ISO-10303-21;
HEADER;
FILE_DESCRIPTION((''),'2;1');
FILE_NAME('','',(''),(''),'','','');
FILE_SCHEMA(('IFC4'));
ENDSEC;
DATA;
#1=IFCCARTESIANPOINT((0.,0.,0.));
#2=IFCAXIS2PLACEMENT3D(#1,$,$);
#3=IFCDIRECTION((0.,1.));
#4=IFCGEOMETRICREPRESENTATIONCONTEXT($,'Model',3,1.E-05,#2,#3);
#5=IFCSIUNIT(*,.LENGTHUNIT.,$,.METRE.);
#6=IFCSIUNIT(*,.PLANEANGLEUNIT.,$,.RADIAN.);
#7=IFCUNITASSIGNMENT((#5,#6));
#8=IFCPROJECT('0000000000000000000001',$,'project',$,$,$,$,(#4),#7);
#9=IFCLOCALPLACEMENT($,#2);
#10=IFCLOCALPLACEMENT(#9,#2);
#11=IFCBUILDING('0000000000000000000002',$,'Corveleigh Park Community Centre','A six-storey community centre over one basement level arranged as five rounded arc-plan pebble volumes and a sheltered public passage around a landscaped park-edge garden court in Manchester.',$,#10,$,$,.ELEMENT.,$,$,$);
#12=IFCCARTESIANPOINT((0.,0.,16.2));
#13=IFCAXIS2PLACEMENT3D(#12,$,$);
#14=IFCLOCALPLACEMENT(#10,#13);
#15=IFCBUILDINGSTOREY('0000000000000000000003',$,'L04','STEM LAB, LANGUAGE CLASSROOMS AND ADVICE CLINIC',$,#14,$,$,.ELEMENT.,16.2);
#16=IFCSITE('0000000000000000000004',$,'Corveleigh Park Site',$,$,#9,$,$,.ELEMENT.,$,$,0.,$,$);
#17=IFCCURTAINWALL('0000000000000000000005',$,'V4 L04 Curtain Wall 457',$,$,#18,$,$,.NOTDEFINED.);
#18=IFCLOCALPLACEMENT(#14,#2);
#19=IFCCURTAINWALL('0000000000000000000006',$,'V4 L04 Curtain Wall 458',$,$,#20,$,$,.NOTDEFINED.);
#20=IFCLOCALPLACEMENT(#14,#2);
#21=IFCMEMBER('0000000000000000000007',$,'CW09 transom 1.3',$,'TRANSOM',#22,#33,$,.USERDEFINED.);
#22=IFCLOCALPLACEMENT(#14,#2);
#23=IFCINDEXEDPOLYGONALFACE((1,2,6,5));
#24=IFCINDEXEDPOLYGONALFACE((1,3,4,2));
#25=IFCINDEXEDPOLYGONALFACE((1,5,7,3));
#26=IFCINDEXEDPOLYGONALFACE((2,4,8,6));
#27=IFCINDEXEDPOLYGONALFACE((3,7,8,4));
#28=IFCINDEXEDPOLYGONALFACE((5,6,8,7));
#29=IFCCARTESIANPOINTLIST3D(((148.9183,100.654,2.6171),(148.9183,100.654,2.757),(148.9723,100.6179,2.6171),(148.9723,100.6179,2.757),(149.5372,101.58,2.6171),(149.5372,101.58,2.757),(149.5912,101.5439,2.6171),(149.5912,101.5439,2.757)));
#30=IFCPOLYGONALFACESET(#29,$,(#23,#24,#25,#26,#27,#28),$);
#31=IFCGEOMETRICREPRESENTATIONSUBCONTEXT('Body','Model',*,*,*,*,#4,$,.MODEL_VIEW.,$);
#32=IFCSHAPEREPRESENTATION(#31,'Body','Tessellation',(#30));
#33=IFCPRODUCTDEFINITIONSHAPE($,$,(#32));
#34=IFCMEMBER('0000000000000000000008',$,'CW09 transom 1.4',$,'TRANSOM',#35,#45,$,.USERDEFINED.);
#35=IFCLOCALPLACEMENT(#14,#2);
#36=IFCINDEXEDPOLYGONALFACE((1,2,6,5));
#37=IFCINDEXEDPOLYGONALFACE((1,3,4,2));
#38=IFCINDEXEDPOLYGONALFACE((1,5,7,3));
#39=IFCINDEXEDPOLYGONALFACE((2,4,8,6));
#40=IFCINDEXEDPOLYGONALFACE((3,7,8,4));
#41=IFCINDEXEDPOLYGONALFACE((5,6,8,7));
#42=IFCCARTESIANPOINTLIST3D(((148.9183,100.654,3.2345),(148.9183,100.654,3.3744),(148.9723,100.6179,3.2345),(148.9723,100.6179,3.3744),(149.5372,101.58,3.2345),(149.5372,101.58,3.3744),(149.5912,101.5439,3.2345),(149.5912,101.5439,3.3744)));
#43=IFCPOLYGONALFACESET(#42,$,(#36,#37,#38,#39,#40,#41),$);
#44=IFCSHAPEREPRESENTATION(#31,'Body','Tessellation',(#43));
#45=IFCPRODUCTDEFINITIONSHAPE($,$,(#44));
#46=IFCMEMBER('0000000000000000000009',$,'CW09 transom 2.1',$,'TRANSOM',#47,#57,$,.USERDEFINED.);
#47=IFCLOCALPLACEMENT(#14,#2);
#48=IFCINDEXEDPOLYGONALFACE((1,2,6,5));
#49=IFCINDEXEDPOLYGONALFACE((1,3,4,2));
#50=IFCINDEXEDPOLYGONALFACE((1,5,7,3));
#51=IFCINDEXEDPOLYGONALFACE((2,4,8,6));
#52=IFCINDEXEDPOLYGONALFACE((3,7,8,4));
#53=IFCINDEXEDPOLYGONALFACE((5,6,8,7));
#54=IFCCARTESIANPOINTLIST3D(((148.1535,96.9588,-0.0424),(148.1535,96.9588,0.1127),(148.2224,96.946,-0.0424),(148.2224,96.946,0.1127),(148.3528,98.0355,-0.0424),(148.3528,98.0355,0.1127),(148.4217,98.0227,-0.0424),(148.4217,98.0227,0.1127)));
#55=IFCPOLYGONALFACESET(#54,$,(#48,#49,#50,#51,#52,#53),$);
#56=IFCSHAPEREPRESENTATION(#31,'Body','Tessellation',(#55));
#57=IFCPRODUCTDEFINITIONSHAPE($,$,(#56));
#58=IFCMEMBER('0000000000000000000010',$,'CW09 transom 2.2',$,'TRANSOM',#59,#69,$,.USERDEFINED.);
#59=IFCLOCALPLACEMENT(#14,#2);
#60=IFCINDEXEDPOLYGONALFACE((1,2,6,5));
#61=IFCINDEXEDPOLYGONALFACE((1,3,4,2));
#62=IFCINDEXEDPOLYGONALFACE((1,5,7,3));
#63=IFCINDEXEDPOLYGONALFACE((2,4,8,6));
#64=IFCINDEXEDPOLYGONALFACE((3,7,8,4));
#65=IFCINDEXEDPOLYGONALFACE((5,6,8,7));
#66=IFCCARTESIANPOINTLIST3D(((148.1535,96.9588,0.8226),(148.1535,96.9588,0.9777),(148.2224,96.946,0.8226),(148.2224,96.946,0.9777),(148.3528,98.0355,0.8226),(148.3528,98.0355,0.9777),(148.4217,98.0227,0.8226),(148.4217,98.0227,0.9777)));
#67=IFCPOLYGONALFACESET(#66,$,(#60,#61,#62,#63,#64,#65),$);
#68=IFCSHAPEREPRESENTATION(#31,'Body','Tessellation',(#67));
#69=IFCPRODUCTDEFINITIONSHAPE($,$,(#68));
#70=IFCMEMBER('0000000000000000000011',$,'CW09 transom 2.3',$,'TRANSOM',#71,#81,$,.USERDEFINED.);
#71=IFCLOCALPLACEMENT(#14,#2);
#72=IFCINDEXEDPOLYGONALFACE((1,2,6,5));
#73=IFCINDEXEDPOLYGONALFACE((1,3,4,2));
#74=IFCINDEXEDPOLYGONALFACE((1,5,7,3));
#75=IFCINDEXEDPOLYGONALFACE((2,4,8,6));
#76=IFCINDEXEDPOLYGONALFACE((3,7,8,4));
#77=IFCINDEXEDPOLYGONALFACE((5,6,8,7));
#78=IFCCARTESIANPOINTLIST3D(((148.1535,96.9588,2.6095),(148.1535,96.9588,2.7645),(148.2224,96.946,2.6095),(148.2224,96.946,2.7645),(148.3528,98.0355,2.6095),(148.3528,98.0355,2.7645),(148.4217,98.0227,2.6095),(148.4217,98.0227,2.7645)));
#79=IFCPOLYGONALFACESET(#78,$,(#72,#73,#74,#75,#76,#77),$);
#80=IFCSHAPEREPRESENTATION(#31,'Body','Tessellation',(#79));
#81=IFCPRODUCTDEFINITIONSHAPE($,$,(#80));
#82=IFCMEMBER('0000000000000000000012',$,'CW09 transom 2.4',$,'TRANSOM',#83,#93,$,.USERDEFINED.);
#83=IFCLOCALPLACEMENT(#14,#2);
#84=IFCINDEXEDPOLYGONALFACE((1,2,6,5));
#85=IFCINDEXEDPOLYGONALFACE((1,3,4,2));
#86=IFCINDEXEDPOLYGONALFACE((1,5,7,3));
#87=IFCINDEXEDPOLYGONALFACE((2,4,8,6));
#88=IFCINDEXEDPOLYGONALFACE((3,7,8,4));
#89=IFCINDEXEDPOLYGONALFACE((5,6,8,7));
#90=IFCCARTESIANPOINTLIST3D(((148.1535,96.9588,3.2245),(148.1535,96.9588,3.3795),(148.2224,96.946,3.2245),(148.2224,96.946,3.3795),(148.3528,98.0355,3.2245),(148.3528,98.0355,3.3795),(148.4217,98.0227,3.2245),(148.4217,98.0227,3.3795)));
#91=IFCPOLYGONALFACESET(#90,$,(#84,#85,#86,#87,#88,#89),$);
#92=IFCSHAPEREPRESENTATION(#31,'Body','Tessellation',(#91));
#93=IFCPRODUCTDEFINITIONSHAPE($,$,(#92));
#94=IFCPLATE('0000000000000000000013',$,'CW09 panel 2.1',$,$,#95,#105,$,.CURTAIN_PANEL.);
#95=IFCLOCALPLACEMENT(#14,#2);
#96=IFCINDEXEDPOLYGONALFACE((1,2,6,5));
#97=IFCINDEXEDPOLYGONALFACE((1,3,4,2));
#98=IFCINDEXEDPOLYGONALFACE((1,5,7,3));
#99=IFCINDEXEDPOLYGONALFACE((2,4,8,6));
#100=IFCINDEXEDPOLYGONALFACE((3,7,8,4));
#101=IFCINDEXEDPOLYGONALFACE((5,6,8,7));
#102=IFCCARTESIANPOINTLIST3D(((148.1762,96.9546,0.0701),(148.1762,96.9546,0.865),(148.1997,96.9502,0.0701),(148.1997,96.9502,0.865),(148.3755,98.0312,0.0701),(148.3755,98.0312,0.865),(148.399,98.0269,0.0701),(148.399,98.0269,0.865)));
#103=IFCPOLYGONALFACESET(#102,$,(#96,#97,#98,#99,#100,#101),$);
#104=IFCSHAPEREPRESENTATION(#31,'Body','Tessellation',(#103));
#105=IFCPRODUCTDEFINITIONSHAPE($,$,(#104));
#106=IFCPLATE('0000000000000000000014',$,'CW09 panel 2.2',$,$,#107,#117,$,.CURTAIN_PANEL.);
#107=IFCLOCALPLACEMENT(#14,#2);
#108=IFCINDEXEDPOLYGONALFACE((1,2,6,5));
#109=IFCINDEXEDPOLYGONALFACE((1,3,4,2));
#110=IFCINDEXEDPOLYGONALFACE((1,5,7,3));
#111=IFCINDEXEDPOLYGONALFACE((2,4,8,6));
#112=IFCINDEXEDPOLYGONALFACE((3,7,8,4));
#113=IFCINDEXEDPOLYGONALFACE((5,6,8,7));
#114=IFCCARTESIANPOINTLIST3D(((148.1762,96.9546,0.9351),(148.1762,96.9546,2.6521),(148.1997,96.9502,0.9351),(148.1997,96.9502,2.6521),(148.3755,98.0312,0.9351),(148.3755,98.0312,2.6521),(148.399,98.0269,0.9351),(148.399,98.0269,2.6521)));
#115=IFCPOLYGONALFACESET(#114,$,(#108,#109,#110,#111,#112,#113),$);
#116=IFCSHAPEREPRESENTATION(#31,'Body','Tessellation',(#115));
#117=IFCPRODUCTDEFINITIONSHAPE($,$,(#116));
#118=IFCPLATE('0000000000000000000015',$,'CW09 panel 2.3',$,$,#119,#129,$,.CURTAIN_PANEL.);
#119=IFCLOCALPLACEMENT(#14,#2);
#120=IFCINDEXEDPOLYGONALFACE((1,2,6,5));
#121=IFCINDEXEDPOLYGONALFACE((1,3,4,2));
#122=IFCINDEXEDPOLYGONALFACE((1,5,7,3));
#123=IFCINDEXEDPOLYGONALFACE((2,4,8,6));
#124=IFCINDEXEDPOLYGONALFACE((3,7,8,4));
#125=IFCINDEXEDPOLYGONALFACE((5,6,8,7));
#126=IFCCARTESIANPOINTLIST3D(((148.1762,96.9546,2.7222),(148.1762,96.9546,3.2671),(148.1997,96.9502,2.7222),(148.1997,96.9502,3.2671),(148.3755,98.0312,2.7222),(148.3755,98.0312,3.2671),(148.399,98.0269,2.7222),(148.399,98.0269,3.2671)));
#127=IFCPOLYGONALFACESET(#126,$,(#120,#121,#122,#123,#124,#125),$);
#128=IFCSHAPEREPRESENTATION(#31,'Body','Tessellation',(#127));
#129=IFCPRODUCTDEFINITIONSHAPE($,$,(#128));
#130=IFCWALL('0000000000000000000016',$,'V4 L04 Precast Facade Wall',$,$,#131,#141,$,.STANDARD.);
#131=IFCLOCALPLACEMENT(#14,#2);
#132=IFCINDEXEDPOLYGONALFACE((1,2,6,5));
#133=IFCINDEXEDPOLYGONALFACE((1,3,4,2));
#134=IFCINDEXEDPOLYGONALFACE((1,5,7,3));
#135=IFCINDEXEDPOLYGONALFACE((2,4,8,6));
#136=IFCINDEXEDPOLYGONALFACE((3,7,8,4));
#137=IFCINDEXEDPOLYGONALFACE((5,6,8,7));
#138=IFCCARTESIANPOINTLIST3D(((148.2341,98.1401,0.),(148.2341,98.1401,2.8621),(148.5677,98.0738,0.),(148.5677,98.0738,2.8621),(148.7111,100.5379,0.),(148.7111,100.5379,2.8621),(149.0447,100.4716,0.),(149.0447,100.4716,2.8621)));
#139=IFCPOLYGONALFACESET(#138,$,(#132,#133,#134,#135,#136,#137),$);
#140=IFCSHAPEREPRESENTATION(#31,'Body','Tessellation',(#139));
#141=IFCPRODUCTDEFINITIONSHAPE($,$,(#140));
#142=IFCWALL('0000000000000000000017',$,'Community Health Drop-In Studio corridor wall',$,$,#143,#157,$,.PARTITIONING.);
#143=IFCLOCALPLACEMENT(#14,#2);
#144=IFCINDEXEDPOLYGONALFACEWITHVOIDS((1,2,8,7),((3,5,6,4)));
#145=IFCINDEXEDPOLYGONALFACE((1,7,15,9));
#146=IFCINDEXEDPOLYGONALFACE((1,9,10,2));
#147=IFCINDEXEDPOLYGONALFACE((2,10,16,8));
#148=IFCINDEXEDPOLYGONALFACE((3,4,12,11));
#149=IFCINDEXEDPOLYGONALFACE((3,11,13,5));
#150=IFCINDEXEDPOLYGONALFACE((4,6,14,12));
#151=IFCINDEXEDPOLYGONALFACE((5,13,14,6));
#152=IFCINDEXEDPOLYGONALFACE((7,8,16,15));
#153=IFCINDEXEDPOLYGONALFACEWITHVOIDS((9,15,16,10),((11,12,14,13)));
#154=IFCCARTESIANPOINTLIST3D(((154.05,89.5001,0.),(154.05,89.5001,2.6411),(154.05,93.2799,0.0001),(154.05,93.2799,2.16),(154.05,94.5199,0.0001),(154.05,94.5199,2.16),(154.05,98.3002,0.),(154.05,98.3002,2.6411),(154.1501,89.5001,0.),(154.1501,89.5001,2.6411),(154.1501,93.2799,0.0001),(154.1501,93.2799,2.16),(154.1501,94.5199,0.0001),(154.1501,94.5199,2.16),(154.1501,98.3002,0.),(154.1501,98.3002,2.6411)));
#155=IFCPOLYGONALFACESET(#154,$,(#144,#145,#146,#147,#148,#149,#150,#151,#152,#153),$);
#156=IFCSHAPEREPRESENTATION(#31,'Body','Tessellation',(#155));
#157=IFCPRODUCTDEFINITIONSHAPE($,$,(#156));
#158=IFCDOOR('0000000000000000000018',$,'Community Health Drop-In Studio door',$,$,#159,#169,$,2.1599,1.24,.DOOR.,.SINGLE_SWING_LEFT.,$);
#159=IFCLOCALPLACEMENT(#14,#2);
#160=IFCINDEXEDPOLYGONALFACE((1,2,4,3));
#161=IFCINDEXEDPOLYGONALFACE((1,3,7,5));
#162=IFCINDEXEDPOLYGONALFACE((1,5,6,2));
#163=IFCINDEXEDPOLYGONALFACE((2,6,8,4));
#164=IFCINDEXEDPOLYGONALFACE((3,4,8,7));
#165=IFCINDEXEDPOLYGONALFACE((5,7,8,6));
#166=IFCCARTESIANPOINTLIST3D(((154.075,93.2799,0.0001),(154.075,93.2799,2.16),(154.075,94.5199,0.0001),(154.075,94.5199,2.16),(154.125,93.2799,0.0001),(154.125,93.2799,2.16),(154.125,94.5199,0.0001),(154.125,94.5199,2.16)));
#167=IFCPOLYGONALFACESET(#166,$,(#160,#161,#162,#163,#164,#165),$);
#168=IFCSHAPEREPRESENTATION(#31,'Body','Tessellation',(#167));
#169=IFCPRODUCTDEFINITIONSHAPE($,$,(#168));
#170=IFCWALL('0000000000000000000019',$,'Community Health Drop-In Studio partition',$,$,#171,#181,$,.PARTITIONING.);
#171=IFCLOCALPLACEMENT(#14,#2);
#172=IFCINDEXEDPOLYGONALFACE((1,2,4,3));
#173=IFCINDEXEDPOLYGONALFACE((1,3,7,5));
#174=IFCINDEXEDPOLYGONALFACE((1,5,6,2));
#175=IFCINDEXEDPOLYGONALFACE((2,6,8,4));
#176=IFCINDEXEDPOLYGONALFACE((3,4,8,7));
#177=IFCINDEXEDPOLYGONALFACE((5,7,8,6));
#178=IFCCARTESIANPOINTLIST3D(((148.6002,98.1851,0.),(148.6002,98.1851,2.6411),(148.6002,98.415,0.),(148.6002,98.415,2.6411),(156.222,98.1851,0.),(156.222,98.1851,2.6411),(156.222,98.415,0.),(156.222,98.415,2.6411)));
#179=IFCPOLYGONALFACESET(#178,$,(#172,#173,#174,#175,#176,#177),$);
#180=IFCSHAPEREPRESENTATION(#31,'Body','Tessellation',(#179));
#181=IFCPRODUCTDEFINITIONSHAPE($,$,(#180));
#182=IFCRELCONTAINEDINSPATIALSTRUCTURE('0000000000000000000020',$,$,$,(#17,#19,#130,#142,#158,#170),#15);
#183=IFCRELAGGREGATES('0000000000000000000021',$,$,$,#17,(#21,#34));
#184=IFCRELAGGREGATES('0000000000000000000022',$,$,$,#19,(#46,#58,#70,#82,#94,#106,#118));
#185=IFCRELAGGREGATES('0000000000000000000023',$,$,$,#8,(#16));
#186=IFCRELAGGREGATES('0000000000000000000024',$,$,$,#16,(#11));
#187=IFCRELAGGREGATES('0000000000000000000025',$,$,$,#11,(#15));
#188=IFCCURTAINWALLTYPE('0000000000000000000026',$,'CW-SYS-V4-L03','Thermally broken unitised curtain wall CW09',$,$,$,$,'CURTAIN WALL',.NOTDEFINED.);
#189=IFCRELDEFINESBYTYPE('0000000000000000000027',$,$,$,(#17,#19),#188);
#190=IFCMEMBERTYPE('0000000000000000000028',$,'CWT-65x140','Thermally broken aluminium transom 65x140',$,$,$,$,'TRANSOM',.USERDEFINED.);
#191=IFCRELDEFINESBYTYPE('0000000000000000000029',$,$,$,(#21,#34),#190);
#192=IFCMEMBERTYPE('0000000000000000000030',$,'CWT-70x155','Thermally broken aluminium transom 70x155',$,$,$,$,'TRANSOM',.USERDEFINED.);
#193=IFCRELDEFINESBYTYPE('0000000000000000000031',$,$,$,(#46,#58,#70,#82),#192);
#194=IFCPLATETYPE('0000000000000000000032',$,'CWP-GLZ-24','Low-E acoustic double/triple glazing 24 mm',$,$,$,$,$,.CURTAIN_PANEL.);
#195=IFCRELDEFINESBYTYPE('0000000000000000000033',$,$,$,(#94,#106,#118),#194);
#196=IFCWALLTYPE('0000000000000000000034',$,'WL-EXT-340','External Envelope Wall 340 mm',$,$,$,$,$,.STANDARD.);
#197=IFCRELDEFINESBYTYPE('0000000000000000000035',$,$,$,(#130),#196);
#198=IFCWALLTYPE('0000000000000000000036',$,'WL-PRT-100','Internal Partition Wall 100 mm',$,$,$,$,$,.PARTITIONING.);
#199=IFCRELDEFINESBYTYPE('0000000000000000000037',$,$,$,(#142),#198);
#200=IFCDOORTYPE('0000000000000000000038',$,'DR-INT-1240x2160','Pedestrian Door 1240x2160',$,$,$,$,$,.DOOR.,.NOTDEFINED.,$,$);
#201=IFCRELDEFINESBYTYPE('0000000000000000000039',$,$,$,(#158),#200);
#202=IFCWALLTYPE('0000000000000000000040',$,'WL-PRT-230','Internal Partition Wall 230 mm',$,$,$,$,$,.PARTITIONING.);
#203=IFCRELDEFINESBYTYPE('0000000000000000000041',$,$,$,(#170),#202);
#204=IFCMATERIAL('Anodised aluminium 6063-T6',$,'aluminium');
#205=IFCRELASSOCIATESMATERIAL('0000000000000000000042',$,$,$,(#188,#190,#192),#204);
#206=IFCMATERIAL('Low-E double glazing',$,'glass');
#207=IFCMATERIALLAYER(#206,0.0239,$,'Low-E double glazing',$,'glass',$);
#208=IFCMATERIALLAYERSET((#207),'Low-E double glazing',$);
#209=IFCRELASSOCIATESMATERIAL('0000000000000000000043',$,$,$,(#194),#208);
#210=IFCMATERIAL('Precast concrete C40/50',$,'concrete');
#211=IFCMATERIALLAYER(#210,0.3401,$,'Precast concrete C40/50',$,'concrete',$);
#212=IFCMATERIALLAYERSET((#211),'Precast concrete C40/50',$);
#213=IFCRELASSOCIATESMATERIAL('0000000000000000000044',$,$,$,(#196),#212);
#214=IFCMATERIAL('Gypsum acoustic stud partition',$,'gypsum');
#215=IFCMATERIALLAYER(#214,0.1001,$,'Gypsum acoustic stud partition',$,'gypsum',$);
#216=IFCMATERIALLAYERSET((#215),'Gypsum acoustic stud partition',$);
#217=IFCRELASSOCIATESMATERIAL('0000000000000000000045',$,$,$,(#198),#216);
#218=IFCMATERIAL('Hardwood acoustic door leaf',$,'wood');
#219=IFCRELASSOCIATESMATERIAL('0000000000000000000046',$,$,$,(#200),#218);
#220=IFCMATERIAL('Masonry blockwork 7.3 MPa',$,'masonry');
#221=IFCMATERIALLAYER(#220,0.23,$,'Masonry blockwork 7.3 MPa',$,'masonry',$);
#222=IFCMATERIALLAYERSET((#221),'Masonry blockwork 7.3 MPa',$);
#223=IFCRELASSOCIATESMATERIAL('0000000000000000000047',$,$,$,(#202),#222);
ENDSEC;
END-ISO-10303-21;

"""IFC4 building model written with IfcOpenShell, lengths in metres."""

from ifc_helpers import new_model, si_unit, direction, frame, frame_2d, origin, origin_2d, place, context, subcontext, project, spatial, rectangle, extrude, material, layer, layer_set, material_profile, profile_set, type_object, element, fill, aggregate, save


model = new_model("IFC4")

# Units and contexts
model_context = context("Model", 3, precision=1e-05, world=origin(), true_north=direction((0.0, 1.0)))
body_context = subcontext(model_context, "Body", "Model", "MODEL_VIEW")
ifc_project = project(units=[si_unit("LENGTHUNIT", "METRE"), si_unit("PLANEANGLEUNIT", "RADIAN")], contexts=[model_context])

# Site, building, storey
site_placement = place(None, origin())
site = spatial("IfcSite", under=ifc_project, at=site_placement, Name="Corveleigh Park Site", CompositionType="ELEMENT", RefElevation=0.0)
building_placement = place(site_placement, origin())
building = spatial("IfcBuilding", under=site, at=building_placement, Name="Corveleigh Park Community Centre", Description="A six-storey community centre over one basement level arranged as five rounded arc-plan pebble volumes and a sheltered public passage around a landscaped park-edge garden court in Manchester.", CompositionType="ELEMENT")
storey_placement = place(building_placement, frame((0.0, 0.0, 16.2)))
storey = spatial("IfcBuildingStorey", under=building, at=storey_placement, Name="L04", Description="STEM LAB, LANGUAGE CLASSROOMS AND ADVICE CLINIC", CompositionType="ELEMENT", Elevation=16.2)

# Curtain wall
ifc_material_1 = material(Name="Anodised aluminium 6063-T6", Category="aluminium")
curtain_wall_type = type_object("IfcCurtainWallType", Name="CW-SYS-V4-L03", Description="Thermally broken unitised curtain wall CW09", ElementType="CURTAIN WALL", PredefinedType="NOTDEFINED", material=ifc_material_1)
curtain_wall_1_placement = place(storey_placement, origin())
curtain_wall_1 = element("IfcCurtainWall", 1, at=curtain_wall_1_placement, inside=storey, type_object=curtain_wall_type, Name="V4 L04 Curtain Wall 457", PredefinedType="NOTDEFINED")

# Curtain wall
curtain_wall_2_placement = place(storey_placement, origin())
curtain_wall_2 = element("IfcCurtainWall", 2, at=curtain_wall_2_placement, inside=storey, type_object=curtain_wall_type, Name="V4 L04 Curtain Wall 458", PredefinedType="NOTDEFINED")

# Members
ifc_material_profile_1 = material_profile(ifc_material_1, rectangle(XDim=0.0649, YDim=0.1399, at=origin_2d()), Name="ALU-T65x140", Category="aluminium")
ifc_profile_set_1 = profile_set([ifc_material_profile_1], Name="Anodised aluminium 6063-T6")
member_type_1 = type_object("IfcMemberType", Name="CWT-65x140", Description="Thermally broken aluminium transom 65x140", ElementType="TRANSOM", PredefinedType="USERDEFINED", material=ifc_profile_set_1)
member_1_placement = place(storey_placement, frame((148.9453, 100.636, 2.687), z_axis=(0.555661, 0.831409, 0.0), x_axis=(-0.831409, 0.555661, 0.0)))
member_1 = element("IfcMember", 3, at=member_1_placement, type_object=member_type_1, Name="CW09 transom 1.3", ObjectType="TRANSOM", PredefinedType="USERDEFINED", context=body_context, shape_type="SweptSolid", body=[
    extrude(rectangle(XDim=0.0649, YDim=0.1399, at=origin_2d()), origin(), (0.0, 0.0, 1.0), 1.1138),
])
member_2_placement = place(storey_placement, frame((148.9453, 100.636, 3.3044), z_axis=(0.555661, 0.831409, 0.0), x_axis=(-0.831409, 0.555661, 0.0)))
member_2 = element("IfcMember", 4, at=member_2_placement, type_object=member_type_1, Name="CW09 transom 1.4", ObjectType="TRANSOM", PredefinedType="USERDEFINED", context=body_context, shape_type="SweptSolid", body=[
    extrude(rectangle(XDim=0.0649, YDim=0.1399, at=origin_2d()), origin(), (0.0, 0.0, 1.0), 1.1138),
])
aggregate(curtain_wall_1, [member_1, member_2])
ifc_material_profile_2 = material_profile(ifc_material_1, rectangle(XDim=0.0701, YDim=0.155, at=origin_2d()), Name="ALU-T70x155", Category="aluminium")
ifc_profile_set_2 = profile_set([ifc_material_profile_2], Name="Anodised aluminium 6063-T6")
member_type_2 = type_object("IfcMemberType", Name="CWT-70x155", Description="Thermally broken aluminium transom 70x155", ElementType="TRANSOM", PredefinedType="USERDEFINED", material=ifc_profile_set_2)
member_3_placement = place(storey_placement, frame((148.188, 96.9524, 0.0352), z_axis=(0.181946, 0.983309, 0.0), x_axis=(-0.983309, 0.181946, 0.0)))
member_3 = element("IfcMember", 5, at=member_3_placement, type_object=member_type_2, Name="CW09 transom 2.1", ObjectType="TRANSOM", PredefinedType="USERDEFINED", context=body_context, shape_type="SweptSolid", body=[
    extrude(rectangle(XDim=0.0701, YDim=0.155, at=origin_2d()), origin(), (0.0, 0.0, 1.0), 1.095),
])
member_4_placement = place(storey_placement, frame((148.188, 96.9524, 0.9001), z_axis=(0.181946, 0.983309, 0.0), x_axis=(-0.983309, 0.181946, 0.0)))
member_4 = element("IfcMember", 6, at=member_4_placement, type_object=member_type_2, Name="CW09 transom 2.2", ObjectType="TRANSOM", PredefinedType="USERDEFINED", context=body_context, shape_type="SweptSolid", body=[
    extrude(rectangle(XDim=0.0701, YDim=0.155, at=origin_2d()), origin(), (0.0, 0.0, 1.0), 1.095),
])
member_5_placement = place(storey_placement, frame((148.188, 96.9524, 2.687), z_axis=(0.181946, 0.983309, 0.0), x_axis=(-0.983309, 0.181946, 0.0)))
member_5 = element("IfcMember", 7, at=member_5_placement, type_object=member_type_2, Name="CW09 transom 2.3", ObjectType="TRANSOM", PredefinedType="USERDEFINED", context=body_context, shape_type="SweptSolid", body=[
    extrude(rectangle(XDim=0.0701, YDim=0.155, at=origin_2d()), origin(), (0.0, 0.0, 1.0), 1.095),
])
member_6_placement = place(storey_placement, frame((148.188, 96.9524, 3.302), z_axis=(0.181946, 0.983309, 0.0), x_axis=(-0.983309, 0.181946, 0.0)))
member_6 = element("IfcMember", 8, at=member_6_placement, type_object=member_type_2, Name="CW09 transom 2.4", ObjectType="TRANSOM", PredefinedType="USERDEFINED", context=body_context, shape_type="SweptSolid", body=[
    extrude(rectangle(XDim=0.0701, YDim=0.155, at=origin_2d()), origin(), (0.0, 0.0, 1.0), 1.095),
])

# Plates
ifc_material_2 = material(Name="Low-E double glazing", Category="glass")
ifc_layer_1 = layer(ifc_material_2, 0.0239, Name="Low-E double glazing", Category="glass")
ifc_layer_set_1 = layer_set([ifc_layer_1], Name="Low-E double glazing")
plate_type = type_object("IfcPlateType", Name="CWP-GLZ-24", Description="Low-E acoustic double/triple glazing 24 mm", PredefinedType="CURTAIN_PANEL", material=ifc_layer_set_1)
plate_1_placement = place(storey_placement, frame((148.2876, 97.4907, 0.0701), z_axis=(0.0, 0.0, 1.0), x_axis=(0.181984, 0.983301, 0.0)))
plate_1 = element("IfcPlate", 9, at=plate_1_placement, type_object=plate_type, Name="CW09 panel 2.1", PredefinedType="CURTAIN_PANEL", context=body_context, shape_type="SweptSolid", body=[
    extrude(rectangle(XDim=1.095, YDim=0.0239, at=origin_2d()), origin(), (0.0, 0.0, 1.0), 0.7949),
])
plate_2_placement = place(storey_placement, frame((148.2876, 97.4907, 0.9351), z_axis=(0.0, 0.0, 1.0), x_axis=(0.181984, 0.983301, 0.0)))
plate_2 = element("IfcPlate", 10, at=plate_2_placement, type_object=plate_type, Name="CW09 panel 2.2", PredefinedType="CURTAIN_PANEL", context=body_context, shape_type="SweptSolid", body=[
    extrude(rectangle(XDim=1.095, YDim=0.0239, at=origin_2d()), origin(), (0.0, 0.0, 1.0), 1.717),
])
plate_3_placement = place(storey_placement, frame((148.2876, 97.4907, 2.7222), z_axis=(0.0, 0.0, 1.0), x_axis=(0.181984, 0.983301, 0.0)))
plate_3 = element("IfcPlate", 11, at=plate_3_placement, type_object=plate_type, Name="CW09 panel 2.3", PredefinedType="CURTAIN_PANEL", context=body_context, shape_type="SweptSolid", body=[
    extrude(rectangle(XDim=1.095, YDim=0.0239, at=origin_2d()), origin(), (0.0, 0.0, 1.0), 0.5449),
])
aggregate(curtain_wall_2, [member_3, member_4, member_5, member_6, plate_1, plate_2, plate_3])

# Wall
ifc_material_3 = material(Name="Precast concrete C40/50", Category="concrete")
ifc_layer_2 = layer(ifc_material_3, 0.3401, Name="Precast concrete C40/50", Category="concrete")
ifc_layer_set_2 = layer_set([ifc_layer_2], Name="Precast concrete C40/50")
wall_type_1 = type_object("IfcWallType", Name="WL-EXT-340", Description="External Envelope Wall 340 mm", PredefinedType="STANDARD", material=ifc_layer_set_2)
wall_1_placement = place(storey_placement, frame((148.4009, 98.1069, 0.0), z_axis=(0.0, 0.0, 1.0), x_axis=(0.195117, 0.98078, 0.0)))
element("IfcWall", 12, at=wall_1_placement, inside=storey, type_object=wall_type_1, Name="V4 L04 Precast Facade Wall", PredefinedType="STANDARD", context=body_context, shape_type="SweptSolid", body=[
    extrude(rectangle(XDim=2.4448, YDim=0.3401, at=frame_2d((1.2224, 0.0))), origin(), (0.0, 0.0, 1.0), 2.8621),
])

# Wall, opening, door
ifc_material_4 = material(Name="Gypsum acoustic stud partition", Category="gypsum")
ifc_layer_3 = layer(ifc_material_4, 0.1001, Name="Gypsum acoustic stud partition", Category="gypsum")
ifc_layer_set_3 = layer_set([ifc_layer_3], Name="Gypsum acoustic stud partition")
wall_type_2 = type_object("IfcWallType", Name="WL-PRT-100", Description="Internal Partition Wall 100 mm", PredefinedType="PARTITIONING", material=ifc_layer_set_3)
wall_2_placement = place(storey_placement, frame((154.1001, 98.3, 0.0), z_axis=(0.0, 0.0, 1.0), x_axis=(0.0, -1.0, 0.0)))
wall_2 = element("IfcWall", 13, at=wall_2_placement, inside=storey, type_object=wall_type_2, Name="Community Health Drop-In Studio corridor wall", PredefinedType="PARTITIONING", context=body_context, shape_type="SweptSolid", body=[
    extrude(rectangle(XDim=8.8, YDim=0.1001, at=frame_2d((4.3999, 0.0))), origin(), (0.0, 0.0, 1.0), 2.6411),
])
opening_placement = place(wall_2_placement, frame((3.78, 0.0, 0.0)))
opening = element("IfcOpeningElement", 14, at=opening_placement, cuts=wall_2, PredefinedType="OPENING", context=body_context, shape_type="SweptSolid", body=[
    extrude(rectangle(XDim=1.24, YDim=2.1599, at=frame_2d((0.6201, 1.0801))), frame((0.0, 0.0601, 0.0), z_axis=(0.0, -1.0, 0.0), x_axis=(1.0, 0.0, 0.0)), (0.0, 0.0, 1.0), 0.1201),
])
ifc_material_5 = material(Name="Hardwood acoustic door leaf", Category="wood")
door_type = type_object("IfcDoorType", Name="DR-INT-1240x2160", Description="Pedestrian Door 1240x2160", OperationType="NOTDEFINED", PredefinedType="DOOR", material=ifc_material_5)
door_placement = place(opening_placement, origin())
door = element("IfcDoor", 15, at=door_placement, inside=storey, type_object=door_type, Name="Community Health Drop-In Studio door", OperationType="SINGLE_SWING_LEFT", OverallHeight=2.1599, OverallWidth=1.24, PredefinedType="DOOR", context=body_context, shape_type="SweptSolid", body=[
    extrude(rectangle(XDim=1.24, YDim=2.1599, at=frame_2d((0.6201, 1.0801))), frame((0.0, 0.0249, 0.0), z_axis=(0.0, -1.0, 0.0), x_axis=(1.0, 0.0, 0.0)), (0.0, 0.0, 1.0), 0.05),
])
fill(opening, door)

# Wall
ifc_material_6 = material(Name="Masonry blockwork 7.3 MPa", Category="masonry")
ifc_layer_4 = layer(ifc_material_6, 0.23, Name="Masonry blockwork 7.3 MPa", Category="masonry")
ifc_layer_set_4 = layer_set([ifc_layer_4], Name="Masonry blockwork 7.3 MPa")
wall_type_3 = type_object("IfcWallType", Name="WL-PRT-230", Description="Internal Partition Wall 230 mm", PredefinedType="PARTITIONING", material=ifc_layer_set_4)
wall_3_placement = place(storey_placement, frame((148.6001, 98.3, 0.0), z_axis=(0.0, 0.0, 1.0), x_axis=(1.0, 0.0, 0.0)))
element("IfcWall", 16, at=wall_3_placement, inside=storey, type_object=wall_type_3, Name="Community Health Drop-In Studio partition", PredefinedType="PARTITIONING", context=body_context, shape_type="SweptSolid", body=[
    extrude(rectangle(XDim=7.6218, YDim=0.23, at=frame_2d((3.811, 0.0))), origin(), (0.0, 0.0, 1.0), 2.6411),
])

save(model, "model.ifc")
